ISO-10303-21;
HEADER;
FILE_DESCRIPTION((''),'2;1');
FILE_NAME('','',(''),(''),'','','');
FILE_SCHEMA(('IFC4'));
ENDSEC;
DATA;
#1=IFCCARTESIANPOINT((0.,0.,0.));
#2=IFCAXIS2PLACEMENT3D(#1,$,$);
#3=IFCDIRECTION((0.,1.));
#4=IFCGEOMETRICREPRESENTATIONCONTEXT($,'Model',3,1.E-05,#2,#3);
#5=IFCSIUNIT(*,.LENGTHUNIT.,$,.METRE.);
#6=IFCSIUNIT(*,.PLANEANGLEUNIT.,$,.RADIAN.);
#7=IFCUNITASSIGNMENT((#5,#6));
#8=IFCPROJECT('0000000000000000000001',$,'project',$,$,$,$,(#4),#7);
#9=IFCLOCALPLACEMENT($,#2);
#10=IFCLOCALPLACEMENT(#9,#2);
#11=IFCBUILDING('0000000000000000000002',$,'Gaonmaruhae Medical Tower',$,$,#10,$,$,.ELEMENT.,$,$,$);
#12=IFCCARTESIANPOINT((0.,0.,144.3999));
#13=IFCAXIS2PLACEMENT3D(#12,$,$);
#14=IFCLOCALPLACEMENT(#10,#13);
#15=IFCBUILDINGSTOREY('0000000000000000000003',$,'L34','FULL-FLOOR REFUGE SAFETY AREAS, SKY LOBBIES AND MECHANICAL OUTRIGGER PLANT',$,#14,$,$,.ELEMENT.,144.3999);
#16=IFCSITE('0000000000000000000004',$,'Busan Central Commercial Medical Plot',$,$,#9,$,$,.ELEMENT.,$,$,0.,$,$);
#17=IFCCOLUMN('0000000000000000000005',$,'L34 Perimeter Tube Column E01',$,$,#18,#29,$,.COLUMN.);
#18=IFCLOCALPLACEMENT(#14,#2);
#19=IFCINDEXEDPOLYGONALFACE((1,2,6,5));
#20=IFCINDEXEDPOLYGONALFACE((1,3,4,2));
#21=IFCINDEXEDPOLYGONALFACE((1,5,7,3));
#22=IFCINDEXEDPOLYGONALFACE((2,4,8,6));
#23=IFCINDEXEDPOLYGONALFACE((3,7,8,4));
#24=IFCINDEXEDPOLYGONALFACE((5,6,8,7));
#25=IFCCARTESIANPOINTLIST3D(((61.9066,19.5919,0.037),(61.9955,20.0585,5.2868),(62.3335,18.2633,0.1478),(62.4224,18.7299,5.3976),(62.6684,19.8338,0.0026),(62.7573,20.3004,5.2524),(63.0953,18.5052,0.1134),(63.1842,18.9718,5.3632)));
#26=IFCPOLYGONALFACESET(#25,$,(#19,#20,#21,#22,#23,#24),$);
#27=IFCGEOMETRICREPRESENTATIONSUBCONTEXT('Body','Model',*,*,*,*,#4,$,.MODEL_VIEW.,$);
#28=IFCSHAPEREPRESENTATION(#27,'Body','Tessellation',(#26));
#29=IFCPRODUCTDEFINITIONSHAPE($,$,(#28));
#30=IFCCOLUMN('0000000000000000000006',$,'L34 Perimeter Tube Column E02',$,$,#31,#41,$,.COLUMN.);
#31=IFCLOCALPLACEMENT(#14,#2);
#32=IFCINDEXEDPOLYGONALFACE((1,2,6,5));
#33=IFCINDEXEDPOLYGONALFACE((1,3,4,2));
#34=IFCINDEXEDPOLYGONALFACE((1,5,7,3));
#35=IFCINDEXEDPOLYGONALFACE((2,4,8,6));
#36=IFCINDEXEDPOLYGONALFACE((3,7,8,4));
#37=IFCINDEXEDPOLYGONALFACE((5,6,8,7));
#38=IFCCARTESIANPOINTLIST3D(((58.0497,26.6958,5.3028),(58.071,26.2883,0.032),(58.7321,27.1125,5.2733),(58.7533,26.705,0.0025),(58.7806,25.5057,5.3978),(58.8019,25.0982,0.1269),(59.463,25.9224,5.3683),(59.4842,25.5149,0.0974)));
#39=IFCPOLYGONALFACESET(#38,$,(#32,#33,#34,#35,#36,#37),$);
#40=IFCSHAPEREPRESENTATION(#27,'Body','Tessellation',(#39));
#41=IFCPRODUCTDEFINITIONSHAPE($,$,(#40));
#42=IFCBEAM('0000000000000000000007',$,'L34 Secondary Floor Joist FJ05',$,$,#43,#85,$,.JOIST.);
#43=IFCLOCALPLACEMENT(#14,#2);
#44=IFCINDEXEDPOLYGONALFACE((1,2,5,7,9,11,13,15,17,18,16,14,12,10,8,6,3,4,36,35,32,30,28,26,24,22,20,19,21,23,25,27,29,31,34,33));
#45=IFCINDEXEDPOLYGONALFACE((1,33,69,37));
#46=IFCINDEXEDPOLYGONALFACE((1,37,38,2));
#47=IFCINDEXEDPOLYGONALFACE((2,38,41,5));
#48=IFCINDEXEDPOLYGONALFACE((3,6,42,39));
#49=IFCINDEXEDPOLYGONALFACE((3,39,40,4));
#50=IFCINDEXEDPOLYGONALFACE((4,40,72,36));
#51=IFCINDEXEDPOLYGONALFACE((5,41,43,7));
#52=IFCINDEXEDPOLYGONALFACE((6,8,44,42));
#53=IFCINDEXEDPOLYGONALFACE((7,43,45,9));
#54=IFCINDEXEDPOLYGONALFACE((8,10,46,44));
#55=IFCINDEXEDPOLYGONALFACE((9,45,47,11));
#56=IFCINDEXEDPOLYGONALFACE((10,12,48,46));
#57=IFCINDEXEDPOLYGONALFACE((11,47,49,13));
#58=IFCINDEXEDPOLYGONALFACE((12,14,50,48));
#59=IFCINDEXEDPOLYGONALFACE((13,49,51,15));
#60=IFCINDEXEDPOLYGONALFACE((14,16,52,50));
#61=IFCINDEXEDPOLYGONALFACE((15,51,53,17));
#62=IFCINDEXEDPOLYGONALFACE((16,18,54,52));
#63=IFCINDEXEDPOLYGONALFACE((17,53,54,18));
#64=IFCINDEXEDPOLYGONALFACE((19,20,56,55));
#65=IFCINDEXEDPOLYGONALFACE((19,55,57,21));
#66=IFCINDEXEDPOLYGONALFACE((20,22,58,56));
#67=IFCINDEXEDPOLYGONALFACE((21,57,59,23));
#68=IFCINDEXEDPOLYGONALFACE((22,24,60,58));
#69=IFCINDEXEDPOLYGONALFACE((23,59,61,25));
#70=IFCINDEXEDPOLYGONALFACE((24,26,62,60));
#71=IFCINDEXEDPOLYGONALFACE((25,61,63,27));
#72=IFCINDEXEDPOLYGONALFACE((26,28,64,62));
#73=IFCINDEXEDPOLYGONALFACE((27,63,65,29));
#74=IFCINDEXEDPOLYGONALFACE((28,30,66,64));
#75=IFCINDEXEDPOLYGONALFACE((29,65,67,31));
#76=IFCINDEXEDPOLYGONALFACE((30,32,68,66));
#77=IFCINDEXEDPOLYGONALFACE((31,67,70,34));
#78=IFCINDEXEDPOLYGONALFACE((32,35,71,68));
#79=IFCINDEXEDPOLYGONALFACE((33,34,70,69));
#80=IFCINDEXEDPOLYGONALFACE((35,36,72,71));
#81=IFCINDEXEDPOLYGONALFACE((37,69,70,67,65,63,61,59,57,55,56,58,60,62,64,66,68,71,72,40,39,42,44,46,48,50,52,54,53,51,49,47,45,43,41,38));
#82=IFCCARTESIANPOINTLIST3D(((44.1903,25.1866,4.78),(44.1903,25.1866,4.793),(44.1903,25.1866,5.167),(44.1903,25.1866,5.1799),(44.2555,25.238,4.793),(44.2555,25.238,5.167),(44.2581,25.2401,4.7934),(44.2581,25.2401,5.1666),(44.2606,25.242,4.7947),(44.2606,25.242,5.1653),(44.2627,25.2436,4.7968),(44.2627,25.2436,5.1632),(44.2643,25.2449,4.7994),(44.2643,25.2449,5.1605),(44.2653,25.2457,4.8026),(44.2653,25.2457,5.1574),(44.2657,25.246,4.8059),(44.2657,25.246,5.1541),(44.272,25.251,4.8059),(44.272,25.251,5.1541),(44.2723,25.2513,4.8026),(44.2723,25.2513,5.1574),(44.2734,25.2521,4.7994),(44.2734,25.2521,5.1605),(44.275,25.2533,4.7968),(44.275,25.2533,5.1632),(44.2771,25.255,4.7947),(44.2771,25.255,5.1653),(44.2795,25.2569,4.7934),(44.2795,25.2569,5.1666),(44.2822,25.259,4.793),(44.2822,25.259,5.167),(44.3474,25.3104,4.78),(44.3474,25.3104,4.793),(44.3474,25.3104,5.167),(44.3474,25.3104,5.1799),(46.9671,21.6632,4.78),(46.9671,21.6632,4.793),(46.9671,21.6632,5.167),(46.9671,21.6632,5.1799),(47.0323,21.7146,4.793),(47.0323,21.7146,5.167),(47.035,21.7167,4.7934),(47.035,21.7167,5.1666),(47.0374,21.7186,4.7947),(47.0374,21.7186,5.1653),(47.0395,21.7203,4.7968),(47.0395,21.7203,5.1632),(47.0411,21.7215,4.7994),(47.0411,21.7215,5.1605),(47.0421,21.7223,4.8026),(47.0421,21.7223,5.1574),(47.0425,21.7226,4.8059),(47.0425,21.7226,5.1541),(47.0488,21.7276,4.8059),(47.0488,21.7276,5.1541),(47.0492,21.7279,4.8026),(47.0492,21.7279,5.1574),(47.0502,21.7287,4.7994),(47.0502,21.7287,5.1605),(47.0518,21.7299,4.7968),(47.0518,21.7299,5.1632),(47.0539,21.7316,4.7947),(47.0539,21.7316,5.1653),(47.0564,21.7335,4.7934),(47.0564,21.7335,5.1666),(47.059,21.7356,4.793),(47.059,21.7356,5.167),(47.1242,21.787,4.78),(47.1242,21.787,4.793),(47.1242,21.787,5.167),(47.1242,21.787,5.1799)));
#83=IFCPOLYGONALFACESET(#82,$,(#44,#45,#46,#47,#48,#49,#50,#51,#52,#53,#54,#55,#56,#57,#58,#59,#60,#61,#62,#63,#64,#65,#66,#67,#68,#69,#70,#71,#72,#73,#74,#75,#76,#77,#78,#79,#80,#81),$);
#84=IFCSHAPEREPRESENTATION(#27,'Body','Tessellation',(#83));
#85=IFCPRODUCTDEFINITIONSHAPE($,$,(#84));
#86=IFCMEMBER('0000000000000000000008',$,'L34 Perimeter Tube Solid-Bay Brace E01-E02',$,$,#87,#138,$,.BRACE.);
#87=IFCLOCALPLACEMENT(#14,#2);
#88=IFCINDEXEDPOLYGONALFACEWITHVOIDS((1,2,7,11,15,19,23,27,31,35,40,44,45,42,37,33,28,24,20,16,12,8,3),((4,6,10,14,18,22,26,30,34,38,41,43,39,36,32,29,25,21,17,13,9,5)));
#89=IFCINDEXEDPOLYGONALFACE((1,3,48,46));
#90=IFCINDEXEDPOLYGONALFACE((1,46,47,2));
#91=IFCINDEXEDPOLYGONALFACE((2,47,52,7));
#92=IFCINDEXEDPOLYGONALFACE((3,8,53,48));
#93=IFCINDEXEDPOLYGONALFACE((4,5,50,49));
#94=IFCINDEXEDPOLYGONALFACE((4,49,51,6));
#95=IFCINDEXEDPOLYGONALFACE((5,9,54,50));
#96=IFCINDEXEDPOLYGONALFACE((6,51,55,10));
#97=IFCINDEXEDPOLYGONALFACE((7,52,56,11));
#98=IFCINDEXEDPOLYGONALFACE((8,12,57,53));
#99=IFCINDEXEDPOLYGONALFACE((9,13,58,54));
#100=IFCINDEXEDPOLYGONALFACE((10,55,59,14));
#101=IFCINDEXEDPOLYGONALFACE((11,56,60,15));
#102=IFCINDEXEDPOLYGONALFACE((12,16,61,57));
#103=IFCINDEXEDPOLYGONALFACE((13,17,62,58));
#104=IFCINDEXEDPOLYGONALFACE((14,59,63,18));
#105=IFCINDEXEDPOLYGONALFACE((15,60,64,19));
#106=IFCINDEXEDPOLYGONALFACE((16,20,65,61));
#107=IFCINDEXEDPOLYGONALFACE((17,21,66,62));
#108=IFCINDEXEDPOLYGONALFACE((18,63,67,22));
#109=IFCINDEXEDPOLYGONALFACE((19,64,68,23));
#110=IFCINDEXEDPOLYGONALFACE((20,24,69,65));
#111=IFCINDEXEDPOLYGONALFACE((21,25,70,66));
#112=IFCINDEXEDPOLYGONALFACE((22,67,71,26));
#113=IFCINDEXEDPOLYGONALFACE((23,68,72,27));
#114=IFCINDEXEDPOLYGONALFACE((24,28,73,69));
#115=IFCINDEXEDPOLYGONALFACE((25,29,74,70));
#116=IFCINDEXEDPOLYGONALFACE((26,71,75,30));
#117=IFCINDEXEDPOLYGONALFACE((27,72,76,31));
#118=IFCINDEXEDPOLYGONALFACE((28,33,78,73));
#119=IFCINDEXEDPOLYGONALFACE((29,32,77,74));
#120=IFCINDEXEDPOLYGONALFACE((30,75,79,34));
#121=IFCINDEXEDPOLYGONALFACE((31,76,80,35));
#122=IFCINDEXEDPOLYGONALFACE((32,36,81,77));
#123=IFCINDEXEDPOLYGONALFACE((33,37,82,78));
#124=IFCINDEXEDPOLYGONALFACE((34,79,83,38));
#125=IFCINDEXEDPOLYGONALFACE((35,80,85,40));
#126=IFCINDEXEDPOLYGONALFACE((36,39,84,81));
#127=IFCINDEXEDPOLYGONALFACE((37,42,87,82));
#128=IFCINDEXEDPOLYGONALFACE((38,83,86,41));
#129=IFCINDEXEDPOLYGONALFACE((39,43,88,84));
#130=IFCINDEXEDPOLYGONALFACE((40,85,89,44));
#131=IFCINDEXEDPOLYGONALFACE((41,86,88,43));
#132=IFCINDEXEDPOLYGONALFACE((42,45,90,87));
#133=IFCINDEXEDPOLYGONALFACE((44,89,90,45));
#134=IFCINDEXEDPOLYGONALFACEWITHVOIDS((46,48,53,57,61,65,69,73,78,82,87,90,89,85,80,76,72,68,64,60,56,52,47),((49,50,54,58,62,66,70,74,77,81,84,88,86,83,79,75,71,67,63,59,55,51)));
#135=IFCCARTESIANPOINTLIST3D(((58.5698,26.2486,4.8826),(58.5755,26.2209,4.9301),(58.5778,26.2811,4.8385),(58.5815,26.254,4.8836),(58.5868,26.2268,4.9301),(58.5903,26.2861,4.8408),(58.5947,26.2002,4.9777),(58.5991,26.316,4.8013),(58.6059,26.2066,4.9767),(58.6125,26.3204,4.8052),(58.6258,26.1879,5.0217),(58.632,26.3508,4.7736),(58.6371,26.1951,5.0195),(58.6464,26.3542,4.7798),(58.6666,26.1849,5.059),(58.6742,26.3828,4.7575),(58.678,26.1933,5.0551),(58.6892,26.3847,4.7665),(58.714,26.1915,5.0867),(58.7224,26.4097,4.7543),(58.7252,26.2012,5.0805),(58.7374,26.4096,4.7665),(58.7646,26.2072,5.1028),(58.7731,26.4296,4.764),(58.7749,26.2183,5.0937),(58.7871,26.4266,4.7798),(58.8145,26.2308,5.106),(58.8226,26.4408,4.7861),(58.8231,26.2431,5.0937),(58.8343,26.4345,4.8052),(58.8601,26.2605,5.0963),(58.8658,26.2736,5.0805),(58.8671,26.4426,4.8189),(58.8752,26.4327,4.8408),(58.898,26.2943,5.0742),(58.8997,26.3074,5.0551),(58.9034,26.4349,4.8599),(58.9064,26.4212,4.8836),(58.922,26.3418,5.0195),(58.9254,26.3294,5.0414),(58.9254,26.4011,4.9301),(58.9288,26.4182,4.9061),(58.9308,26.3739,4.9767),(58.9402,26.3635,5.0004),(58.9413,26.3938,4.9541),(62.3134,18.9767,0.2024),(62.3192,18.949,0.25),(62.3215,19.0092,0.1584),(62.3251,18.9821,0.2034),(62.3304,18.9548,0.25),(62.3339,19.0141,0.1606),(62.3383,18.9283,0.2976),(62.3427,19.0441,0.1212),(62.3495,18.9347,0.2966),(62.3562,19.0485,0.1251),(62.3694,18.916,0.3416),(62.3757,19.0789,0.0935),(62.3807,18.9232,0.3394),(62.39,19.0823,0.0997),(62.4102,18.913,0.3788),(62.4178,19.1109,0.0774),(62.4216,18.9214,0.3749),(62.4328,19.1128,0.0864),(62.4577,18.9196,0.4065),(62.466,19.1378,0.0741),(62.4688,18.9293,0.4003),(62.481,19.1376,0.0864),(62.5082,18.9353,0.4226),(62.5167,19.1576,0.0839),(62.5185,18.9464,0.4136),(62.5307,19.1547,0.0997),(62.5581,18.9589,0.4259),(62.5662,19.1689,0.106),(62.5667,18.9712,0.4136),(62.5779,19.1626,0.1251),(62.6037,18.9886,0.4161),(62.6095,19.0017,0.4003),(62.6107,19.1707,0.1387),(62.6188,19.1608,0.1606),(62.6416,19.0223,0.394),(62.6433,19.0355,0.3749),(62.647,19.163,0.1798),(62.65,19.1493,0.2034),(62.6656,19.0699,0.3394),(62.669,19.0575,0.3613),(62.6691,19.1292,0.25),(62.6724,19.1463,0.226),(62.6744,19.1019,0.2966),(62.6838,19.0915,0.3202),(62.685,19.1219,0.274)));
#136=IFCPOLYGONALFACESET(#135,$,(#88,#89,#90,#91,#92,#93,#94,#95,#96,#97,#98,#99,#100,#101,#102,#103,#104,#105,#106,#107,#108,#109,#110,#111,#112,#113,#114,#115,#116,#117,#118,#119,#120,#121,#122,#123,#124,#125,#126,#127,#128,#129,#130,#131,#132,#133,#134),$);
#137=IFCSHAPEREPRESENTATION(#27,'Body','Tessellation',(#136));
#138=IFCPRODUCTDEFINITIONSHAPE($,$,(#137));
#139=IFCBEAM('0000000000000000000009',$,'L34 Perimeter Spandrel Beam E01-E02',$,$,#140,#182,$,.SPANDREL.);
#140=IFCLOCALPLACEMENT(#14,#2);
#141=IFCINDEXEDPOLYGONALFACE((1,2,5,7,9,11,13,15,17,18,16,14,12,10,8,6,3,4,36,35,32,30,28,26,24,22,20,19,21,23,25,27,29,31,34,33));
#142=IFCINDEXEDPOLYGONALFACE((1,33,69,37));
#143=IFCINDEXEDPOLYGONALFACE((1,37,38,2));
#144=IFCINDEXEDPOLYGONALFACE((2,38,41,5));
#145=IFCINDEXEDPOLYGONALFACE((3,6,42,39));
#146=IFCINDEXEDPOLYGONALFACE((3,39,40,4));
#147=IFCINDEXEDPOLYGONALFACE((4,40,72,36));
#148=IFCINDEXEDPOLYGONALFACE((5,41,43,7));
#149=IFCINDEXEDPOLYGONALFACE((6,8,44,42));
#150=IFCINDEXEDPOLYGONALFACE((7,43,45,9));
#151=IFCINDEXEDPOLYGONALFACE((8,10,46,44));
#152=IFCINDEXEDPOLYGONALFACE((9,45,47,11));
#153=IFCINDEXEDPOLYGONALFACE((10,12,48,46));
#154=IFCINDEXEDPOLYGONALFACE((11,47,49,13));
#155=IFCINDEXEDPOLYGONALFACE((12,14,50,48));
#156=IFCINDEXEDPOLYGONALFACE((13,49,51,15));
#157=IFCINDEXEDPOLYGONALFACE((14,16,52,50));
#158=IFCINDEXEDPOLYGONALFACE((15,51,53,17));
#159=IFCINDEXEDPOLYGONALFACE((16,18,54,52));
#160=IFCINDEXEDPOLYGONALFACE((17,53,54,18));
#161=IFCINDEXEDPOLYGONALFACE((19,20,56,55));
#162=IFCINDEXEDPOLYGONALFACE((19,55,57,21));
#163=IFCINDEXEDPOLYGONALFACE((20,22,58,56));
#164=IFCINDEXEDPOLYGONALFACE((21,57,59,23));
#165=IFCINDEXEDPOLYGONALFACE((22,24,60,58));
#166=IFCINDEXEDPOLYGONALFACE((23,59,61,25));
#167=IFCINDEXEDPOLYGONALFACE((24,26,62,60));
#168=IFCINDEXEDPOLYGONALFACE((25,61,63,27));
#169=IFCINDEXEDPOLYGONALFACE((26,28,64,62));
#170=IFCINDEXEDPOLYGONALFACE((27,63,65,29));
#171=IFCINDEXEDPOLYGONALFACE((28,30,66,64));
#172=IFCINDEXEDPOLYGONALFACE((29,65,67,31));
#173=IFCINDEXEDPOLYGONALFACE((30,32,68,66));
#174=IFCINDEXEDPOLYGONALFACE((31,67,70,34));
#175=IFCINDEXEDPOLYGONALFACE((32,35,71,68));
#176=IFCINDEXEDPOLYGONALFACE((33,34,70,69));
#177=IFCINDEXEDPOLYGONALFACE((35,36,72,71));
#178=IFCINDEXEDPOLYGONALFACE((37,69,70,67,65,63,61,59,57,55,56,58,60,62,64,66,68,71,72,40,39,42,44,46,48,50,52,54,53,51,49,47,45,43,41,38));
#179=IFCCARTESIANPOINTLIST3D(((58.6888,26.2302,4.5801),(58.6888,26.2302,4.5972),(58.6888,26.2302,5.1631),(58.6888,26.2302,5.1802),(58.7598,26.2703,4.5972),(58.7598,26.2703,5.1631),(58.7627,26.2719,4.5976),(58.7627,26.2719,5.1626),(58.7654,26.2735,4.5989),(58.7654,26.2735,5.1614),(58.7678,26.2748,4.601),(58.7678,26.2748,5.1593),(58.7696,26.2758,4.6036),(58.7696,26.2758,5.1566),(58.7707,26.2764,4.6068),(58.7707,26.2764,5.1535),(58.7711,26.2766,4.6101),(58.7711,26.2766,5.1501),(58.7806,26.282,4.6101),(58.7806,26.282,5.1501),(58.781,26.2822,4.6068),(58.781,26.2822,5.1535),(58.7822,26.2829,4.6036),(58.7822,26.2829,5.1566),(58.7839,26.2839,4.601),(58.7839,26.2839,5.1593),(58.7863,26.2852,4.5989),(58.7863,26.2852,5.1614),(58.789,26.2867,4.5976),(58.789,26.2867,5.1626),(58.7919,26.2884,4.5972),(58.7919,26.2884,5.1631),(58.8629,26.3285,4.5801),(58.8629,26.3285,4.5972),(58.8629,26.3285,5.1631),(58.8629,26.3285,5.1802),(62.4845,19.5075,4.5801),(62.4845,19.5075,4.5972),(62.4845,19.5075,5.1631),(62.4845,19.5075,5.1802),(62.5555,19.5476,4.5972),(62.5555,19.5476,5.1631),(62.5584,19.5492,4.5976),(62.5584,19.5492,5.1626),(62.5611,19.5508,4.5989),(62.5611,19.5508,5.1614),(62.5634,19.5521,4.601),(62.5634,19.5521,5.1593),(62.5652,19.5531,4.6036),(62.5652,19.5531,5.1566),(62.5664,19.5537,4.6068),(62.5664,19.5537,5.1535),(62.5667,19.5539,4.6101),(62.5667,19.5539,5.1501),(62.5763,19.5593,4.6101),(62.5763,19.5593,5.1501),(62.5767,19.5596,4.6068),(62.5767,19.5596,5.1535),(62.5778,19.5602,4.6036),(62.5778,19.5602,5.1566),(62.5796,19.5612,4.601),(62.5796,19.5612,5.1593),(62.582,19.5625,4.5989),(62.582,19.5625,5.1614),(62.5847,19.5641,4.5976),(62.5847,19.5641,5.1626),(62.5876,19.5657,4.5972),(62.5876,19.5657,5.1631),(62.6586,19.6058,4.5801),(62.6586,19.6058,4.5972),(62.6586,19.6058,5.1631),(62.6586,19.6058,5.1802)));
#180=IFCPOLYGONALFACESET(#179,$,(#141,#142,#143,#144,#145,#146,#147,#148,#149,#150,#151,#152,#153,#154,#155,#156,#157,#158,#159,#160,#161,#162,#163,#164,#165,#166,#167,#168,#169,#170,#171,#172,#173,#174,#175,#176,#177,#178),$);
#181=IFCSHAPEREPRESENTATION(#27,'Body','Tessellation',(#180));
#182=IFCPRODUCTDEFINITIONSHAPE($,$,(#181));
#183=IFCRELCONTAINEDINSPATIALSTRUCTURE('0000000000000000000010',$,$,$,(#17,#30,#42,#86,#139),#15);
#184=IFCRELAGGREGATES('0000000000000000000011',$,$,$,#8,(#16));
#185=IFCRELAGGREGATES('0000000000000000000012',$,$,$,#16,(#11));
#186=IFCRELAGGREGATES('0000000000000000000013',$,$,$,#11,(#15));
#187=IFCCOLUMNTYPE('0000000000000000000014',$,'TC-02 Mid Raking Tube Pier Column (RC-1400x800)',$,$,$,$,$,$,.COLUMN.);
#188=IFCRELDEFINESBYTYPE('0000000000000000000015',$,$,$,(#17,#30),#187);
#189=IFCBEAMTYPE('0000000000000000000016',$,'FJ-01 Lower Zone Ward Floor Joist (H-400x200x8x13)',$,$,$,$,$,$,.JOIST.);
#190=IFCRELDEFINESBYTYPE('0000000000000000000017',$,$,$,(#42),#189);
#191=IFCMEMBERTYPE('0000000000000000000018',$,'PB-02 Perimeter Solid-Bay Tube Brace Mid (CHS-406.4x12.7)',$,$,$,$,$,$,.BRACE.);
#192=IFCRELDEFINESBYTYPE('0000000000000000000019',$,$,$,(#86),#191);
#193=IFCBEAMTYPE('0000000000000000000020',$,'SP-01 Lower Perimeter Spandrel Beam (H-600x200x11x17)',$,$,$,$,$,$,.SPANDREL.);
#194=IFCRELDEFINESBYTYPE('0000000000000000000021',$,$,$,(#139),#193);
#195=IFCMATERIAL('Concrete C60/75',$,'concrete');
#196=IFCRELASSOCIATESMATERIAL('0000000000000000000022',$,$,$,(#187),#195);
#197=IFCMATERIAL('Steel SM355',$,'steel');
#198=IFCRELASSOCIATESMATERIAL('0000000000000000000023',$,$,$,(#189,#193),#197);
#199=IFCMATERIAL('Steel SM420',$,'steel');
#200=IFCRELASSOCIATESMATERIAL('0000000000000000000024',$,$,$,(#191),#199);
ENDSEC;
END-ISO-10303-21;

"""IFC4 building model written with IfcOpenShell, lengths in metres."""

from ifc_helpers import new_model, si_unit, direction, frame, origin, origin_2d, place, context, subcontext, project, spatial, rectangle, hollow_circle, i_section, extrude, material, material_profile, profile_set, type_object, element, save


model = new_model("IFC4")

# Units and contexts
model_context = context("Model", 3, precision=1e-05, world=origin(), true_north=direction((0.0, 1.0)))
body_context = subcontext(model_context, "Body", "Model", "MODEL_VIEW")
ifc_project = project(units=[si_unit("LENGTHUNIT", "METRE"), si_unit("PLANEANGLEUNIT", "RADIAN")], contexts=[model_context])

# Site, building, storey
site_placement = place(None, origin())
site = spatial("IfcSite", under=ifc_project, at=site_placement, Name="Busan Central Commercial Medical Plot", CompositionType="ELEMENT", RefElevation=0.0)
building_placement = place(site_placement, origin())
building = spatial("IfcBuilding", under=site, at=building_placement, Name="Gaonmaruhae Medical Tower", CompositionType="ELEMENT")
storey_placement = place(building_placement, frame((0.0, 0.0, 144.3999)))
storey = spatial("IfcBuildingStorey", under=building, at=storey_placement, Name="L34", Description="FULL-FLOOR REFUGE SAFETY AREAS, SKY LOBBIES AND MECHANICAL OUTRIGGER PLANT", CompositionType="ELEMENT", Elevation=144.3999)

# Columns
ifc_material_1 = material(Name="Concrete C60/75", Category="concrete")
ifc_material_profile_1 = material_profile(ifc_material_1, rectangle(XDim=1.3999, YDim=0.8, at=origin_2d()), Name="RC-1400x800")
ifc_profile_set_1 = profile_set([ifc_material_profile_1], Name="Concrete C60/75")
column_type = type_object("IfcColumnType", Name="TC-02 Mid Raking Tube Pier Column (RC-1400x800)", PredefinedType="COLUMN", material=ifc_profile_set_1)
column_1_placement = place(storey_placement, frame((62.501, 19.0486, 0.0752), z_axis=(0.016859, 0.08851, 0.995933), x_axis=(0.304963, -0.949067, 0.079182)))
element("IfcColumn", 1, at=column_1_placement, inside=storey, type_object=column_type, Name="L34 Perimeter Tube Column E01", PredefinedType="COLUMN", context=body_context, shape_type="SweptSolid", body=[
    extrude(rectangle(XDim=1.3999, YDim=0.8, at=origin_2d()), origin(), (0.0, 0.0, 1.0), 5.2712),
])
column_2_placement = place(storey_placement, frame((58.7776, 25.9016, 0.0647), z_axis=(-0.004018, 0.077077, 0.997017), x_axis=(0.522123, -0.850168, 0.067829)))
element("IfcColumn", 2, at=column_2_placement, inside=storey, type_object=column_type, Name="L34 Perimeter Tube Column E02", PredefinedType="COLUMN", context=body_context, shape_type="SweptSolid", body=[
    extrude(rectangle(XDim=1.3999, YDim=0.8, at=origin_2d()), origin(), (0.0, 0.0, 1.0), 5.2866),
])

# Beam
ifc_material_2 = material(Name="Steel SM355", Category="steel")
ifc_material_profile_2 = material_profile(ifc_material_2, i_section(OverallWidth=0.2, OverallDepth=0.3999, WebThickness=0.0081, FlangeThickness=0.0129, FilletRadius=0.0129, at=origin_2d()), Name="H-400x200x8x13")
ifc_profile_set_2 = profile_set([ifc_material_profile_2], Name="Steel SM355")
beam_type_1 = type_object("IfcBeamType", Name="FJ-01 Lower Zone Ward Floor Joist (H-400x200x8x13)", PredefinedType="JOIST", material=ifc_profile_set_2)
beam_1_placement = place(storey_placement, frame((47.0457, 21.7251, 4.98), z_axis=(-0.618984, 0.785403, 0.0), x_axis=(-0.785403, -0.618984, 0.0)))
element("IfcBeam", 3, at=beam_1_placement, inside=storey, type_object=beam_type_1, Name="L34 Secondary Floor Joist FJ05", PredefinedType="JOIST", context=body_context, shape_type="SweptSolid", body=[
    extrude(i_section(OverallWidth=0.2, OverallDepth=0.3999, WebThickness=0.0081, FlangeThickness=0.0129, FilletRadius=0.0129, at=origin_2d()), origin(), (0.0, 0.0, 1.0), 4.4861),
])

# Member
ifc_material_3 = material(Name="Steel SM420", Category="steel")
ifc_material_profile_3 = material_profile(ifc_material_3, hollow_circle(Radius=0.2031, WallThickness=0.0127, at=origin_2d()), Name="CHS-406.4x12.7")
ifc_profile_set_3 = profile_set([ifc_material_profile_3], Name="Steel SM420")
member_type_1 = type_object("IfcMemberType", Name="PB-02 Perimeter Solid-Bay Tube Brace Mid (CHS-406.4x12.7)", PredefinedType="BRACE", material=ifc_profile_set_3)
member_1_placement = place(storey_placement, frame((62.4998, 19.042, 0.25), z_axis=(-0.397272, 0.771693, 0.496654), x_axis=(-0.8891, -0.457714, 0.0)))
element("IfcMember", 4, at=member_1_placement, inside=storey, type_object=member_type_1, Name="L34 Perimeter Tube Solid-Bay Brace E01-E02", PredefinedType="BRACE", context=body_context, shape_type="SweptSolid", body=[
    extrude(hollow_circle(Radius=0.2031, WallThickness=0.0127, at=origin_2d()), origin(), (0.0, 0.0, 1.0), 9.4233),
])

# Beam
ifc_material_profile_4 = material_profile(ifc_material_2, i_section(OverallWidth=0.2, OverallDepth=0.6001, WebThickness=0.011, FlangeThickness=0.0171, FilletRadius=0.0129, at=origin_2d()), Name="H-600x200x11x17")
ifc_profile_set_4 = profile_set([ifc_material_profile_4], Name="Steel SM355")
beam_type_2 = type_object("IfcBeamType", Name="SP-01 Lower Perimeter Spandrel Beam (H-600x200x11x17)", PredefinedType="SPANDREL", material=ifc_profile_set_4)
beam_2_placement = place(storey_placement, frame((62.5715, 19.5566, 4.8801), z_axis=(-0.491654, 0.870791, 0.0), x_axis=(-0.870791, -0.491654, 0.0)))
element("IfcBeam", 5, at=beam_2_placement, inside=storey, type_object=beam_type_2, Name="L34 Perimeter Spandrel Beam E01-E02", PredefinedType="SPANDREL", context=body_context, shape_type="SweptSolid", body=[
    extrude(i_section(OverallWidth=0.2, OverallDepth=0.6001, WebThickness=0.011, FlangeThickness=0.0171, FilletRadius=0.0129, at=origin_2d()), origin(), (0.0, 0.0, 1.0), 7.7202),
])

save(model, "model.ifc")
